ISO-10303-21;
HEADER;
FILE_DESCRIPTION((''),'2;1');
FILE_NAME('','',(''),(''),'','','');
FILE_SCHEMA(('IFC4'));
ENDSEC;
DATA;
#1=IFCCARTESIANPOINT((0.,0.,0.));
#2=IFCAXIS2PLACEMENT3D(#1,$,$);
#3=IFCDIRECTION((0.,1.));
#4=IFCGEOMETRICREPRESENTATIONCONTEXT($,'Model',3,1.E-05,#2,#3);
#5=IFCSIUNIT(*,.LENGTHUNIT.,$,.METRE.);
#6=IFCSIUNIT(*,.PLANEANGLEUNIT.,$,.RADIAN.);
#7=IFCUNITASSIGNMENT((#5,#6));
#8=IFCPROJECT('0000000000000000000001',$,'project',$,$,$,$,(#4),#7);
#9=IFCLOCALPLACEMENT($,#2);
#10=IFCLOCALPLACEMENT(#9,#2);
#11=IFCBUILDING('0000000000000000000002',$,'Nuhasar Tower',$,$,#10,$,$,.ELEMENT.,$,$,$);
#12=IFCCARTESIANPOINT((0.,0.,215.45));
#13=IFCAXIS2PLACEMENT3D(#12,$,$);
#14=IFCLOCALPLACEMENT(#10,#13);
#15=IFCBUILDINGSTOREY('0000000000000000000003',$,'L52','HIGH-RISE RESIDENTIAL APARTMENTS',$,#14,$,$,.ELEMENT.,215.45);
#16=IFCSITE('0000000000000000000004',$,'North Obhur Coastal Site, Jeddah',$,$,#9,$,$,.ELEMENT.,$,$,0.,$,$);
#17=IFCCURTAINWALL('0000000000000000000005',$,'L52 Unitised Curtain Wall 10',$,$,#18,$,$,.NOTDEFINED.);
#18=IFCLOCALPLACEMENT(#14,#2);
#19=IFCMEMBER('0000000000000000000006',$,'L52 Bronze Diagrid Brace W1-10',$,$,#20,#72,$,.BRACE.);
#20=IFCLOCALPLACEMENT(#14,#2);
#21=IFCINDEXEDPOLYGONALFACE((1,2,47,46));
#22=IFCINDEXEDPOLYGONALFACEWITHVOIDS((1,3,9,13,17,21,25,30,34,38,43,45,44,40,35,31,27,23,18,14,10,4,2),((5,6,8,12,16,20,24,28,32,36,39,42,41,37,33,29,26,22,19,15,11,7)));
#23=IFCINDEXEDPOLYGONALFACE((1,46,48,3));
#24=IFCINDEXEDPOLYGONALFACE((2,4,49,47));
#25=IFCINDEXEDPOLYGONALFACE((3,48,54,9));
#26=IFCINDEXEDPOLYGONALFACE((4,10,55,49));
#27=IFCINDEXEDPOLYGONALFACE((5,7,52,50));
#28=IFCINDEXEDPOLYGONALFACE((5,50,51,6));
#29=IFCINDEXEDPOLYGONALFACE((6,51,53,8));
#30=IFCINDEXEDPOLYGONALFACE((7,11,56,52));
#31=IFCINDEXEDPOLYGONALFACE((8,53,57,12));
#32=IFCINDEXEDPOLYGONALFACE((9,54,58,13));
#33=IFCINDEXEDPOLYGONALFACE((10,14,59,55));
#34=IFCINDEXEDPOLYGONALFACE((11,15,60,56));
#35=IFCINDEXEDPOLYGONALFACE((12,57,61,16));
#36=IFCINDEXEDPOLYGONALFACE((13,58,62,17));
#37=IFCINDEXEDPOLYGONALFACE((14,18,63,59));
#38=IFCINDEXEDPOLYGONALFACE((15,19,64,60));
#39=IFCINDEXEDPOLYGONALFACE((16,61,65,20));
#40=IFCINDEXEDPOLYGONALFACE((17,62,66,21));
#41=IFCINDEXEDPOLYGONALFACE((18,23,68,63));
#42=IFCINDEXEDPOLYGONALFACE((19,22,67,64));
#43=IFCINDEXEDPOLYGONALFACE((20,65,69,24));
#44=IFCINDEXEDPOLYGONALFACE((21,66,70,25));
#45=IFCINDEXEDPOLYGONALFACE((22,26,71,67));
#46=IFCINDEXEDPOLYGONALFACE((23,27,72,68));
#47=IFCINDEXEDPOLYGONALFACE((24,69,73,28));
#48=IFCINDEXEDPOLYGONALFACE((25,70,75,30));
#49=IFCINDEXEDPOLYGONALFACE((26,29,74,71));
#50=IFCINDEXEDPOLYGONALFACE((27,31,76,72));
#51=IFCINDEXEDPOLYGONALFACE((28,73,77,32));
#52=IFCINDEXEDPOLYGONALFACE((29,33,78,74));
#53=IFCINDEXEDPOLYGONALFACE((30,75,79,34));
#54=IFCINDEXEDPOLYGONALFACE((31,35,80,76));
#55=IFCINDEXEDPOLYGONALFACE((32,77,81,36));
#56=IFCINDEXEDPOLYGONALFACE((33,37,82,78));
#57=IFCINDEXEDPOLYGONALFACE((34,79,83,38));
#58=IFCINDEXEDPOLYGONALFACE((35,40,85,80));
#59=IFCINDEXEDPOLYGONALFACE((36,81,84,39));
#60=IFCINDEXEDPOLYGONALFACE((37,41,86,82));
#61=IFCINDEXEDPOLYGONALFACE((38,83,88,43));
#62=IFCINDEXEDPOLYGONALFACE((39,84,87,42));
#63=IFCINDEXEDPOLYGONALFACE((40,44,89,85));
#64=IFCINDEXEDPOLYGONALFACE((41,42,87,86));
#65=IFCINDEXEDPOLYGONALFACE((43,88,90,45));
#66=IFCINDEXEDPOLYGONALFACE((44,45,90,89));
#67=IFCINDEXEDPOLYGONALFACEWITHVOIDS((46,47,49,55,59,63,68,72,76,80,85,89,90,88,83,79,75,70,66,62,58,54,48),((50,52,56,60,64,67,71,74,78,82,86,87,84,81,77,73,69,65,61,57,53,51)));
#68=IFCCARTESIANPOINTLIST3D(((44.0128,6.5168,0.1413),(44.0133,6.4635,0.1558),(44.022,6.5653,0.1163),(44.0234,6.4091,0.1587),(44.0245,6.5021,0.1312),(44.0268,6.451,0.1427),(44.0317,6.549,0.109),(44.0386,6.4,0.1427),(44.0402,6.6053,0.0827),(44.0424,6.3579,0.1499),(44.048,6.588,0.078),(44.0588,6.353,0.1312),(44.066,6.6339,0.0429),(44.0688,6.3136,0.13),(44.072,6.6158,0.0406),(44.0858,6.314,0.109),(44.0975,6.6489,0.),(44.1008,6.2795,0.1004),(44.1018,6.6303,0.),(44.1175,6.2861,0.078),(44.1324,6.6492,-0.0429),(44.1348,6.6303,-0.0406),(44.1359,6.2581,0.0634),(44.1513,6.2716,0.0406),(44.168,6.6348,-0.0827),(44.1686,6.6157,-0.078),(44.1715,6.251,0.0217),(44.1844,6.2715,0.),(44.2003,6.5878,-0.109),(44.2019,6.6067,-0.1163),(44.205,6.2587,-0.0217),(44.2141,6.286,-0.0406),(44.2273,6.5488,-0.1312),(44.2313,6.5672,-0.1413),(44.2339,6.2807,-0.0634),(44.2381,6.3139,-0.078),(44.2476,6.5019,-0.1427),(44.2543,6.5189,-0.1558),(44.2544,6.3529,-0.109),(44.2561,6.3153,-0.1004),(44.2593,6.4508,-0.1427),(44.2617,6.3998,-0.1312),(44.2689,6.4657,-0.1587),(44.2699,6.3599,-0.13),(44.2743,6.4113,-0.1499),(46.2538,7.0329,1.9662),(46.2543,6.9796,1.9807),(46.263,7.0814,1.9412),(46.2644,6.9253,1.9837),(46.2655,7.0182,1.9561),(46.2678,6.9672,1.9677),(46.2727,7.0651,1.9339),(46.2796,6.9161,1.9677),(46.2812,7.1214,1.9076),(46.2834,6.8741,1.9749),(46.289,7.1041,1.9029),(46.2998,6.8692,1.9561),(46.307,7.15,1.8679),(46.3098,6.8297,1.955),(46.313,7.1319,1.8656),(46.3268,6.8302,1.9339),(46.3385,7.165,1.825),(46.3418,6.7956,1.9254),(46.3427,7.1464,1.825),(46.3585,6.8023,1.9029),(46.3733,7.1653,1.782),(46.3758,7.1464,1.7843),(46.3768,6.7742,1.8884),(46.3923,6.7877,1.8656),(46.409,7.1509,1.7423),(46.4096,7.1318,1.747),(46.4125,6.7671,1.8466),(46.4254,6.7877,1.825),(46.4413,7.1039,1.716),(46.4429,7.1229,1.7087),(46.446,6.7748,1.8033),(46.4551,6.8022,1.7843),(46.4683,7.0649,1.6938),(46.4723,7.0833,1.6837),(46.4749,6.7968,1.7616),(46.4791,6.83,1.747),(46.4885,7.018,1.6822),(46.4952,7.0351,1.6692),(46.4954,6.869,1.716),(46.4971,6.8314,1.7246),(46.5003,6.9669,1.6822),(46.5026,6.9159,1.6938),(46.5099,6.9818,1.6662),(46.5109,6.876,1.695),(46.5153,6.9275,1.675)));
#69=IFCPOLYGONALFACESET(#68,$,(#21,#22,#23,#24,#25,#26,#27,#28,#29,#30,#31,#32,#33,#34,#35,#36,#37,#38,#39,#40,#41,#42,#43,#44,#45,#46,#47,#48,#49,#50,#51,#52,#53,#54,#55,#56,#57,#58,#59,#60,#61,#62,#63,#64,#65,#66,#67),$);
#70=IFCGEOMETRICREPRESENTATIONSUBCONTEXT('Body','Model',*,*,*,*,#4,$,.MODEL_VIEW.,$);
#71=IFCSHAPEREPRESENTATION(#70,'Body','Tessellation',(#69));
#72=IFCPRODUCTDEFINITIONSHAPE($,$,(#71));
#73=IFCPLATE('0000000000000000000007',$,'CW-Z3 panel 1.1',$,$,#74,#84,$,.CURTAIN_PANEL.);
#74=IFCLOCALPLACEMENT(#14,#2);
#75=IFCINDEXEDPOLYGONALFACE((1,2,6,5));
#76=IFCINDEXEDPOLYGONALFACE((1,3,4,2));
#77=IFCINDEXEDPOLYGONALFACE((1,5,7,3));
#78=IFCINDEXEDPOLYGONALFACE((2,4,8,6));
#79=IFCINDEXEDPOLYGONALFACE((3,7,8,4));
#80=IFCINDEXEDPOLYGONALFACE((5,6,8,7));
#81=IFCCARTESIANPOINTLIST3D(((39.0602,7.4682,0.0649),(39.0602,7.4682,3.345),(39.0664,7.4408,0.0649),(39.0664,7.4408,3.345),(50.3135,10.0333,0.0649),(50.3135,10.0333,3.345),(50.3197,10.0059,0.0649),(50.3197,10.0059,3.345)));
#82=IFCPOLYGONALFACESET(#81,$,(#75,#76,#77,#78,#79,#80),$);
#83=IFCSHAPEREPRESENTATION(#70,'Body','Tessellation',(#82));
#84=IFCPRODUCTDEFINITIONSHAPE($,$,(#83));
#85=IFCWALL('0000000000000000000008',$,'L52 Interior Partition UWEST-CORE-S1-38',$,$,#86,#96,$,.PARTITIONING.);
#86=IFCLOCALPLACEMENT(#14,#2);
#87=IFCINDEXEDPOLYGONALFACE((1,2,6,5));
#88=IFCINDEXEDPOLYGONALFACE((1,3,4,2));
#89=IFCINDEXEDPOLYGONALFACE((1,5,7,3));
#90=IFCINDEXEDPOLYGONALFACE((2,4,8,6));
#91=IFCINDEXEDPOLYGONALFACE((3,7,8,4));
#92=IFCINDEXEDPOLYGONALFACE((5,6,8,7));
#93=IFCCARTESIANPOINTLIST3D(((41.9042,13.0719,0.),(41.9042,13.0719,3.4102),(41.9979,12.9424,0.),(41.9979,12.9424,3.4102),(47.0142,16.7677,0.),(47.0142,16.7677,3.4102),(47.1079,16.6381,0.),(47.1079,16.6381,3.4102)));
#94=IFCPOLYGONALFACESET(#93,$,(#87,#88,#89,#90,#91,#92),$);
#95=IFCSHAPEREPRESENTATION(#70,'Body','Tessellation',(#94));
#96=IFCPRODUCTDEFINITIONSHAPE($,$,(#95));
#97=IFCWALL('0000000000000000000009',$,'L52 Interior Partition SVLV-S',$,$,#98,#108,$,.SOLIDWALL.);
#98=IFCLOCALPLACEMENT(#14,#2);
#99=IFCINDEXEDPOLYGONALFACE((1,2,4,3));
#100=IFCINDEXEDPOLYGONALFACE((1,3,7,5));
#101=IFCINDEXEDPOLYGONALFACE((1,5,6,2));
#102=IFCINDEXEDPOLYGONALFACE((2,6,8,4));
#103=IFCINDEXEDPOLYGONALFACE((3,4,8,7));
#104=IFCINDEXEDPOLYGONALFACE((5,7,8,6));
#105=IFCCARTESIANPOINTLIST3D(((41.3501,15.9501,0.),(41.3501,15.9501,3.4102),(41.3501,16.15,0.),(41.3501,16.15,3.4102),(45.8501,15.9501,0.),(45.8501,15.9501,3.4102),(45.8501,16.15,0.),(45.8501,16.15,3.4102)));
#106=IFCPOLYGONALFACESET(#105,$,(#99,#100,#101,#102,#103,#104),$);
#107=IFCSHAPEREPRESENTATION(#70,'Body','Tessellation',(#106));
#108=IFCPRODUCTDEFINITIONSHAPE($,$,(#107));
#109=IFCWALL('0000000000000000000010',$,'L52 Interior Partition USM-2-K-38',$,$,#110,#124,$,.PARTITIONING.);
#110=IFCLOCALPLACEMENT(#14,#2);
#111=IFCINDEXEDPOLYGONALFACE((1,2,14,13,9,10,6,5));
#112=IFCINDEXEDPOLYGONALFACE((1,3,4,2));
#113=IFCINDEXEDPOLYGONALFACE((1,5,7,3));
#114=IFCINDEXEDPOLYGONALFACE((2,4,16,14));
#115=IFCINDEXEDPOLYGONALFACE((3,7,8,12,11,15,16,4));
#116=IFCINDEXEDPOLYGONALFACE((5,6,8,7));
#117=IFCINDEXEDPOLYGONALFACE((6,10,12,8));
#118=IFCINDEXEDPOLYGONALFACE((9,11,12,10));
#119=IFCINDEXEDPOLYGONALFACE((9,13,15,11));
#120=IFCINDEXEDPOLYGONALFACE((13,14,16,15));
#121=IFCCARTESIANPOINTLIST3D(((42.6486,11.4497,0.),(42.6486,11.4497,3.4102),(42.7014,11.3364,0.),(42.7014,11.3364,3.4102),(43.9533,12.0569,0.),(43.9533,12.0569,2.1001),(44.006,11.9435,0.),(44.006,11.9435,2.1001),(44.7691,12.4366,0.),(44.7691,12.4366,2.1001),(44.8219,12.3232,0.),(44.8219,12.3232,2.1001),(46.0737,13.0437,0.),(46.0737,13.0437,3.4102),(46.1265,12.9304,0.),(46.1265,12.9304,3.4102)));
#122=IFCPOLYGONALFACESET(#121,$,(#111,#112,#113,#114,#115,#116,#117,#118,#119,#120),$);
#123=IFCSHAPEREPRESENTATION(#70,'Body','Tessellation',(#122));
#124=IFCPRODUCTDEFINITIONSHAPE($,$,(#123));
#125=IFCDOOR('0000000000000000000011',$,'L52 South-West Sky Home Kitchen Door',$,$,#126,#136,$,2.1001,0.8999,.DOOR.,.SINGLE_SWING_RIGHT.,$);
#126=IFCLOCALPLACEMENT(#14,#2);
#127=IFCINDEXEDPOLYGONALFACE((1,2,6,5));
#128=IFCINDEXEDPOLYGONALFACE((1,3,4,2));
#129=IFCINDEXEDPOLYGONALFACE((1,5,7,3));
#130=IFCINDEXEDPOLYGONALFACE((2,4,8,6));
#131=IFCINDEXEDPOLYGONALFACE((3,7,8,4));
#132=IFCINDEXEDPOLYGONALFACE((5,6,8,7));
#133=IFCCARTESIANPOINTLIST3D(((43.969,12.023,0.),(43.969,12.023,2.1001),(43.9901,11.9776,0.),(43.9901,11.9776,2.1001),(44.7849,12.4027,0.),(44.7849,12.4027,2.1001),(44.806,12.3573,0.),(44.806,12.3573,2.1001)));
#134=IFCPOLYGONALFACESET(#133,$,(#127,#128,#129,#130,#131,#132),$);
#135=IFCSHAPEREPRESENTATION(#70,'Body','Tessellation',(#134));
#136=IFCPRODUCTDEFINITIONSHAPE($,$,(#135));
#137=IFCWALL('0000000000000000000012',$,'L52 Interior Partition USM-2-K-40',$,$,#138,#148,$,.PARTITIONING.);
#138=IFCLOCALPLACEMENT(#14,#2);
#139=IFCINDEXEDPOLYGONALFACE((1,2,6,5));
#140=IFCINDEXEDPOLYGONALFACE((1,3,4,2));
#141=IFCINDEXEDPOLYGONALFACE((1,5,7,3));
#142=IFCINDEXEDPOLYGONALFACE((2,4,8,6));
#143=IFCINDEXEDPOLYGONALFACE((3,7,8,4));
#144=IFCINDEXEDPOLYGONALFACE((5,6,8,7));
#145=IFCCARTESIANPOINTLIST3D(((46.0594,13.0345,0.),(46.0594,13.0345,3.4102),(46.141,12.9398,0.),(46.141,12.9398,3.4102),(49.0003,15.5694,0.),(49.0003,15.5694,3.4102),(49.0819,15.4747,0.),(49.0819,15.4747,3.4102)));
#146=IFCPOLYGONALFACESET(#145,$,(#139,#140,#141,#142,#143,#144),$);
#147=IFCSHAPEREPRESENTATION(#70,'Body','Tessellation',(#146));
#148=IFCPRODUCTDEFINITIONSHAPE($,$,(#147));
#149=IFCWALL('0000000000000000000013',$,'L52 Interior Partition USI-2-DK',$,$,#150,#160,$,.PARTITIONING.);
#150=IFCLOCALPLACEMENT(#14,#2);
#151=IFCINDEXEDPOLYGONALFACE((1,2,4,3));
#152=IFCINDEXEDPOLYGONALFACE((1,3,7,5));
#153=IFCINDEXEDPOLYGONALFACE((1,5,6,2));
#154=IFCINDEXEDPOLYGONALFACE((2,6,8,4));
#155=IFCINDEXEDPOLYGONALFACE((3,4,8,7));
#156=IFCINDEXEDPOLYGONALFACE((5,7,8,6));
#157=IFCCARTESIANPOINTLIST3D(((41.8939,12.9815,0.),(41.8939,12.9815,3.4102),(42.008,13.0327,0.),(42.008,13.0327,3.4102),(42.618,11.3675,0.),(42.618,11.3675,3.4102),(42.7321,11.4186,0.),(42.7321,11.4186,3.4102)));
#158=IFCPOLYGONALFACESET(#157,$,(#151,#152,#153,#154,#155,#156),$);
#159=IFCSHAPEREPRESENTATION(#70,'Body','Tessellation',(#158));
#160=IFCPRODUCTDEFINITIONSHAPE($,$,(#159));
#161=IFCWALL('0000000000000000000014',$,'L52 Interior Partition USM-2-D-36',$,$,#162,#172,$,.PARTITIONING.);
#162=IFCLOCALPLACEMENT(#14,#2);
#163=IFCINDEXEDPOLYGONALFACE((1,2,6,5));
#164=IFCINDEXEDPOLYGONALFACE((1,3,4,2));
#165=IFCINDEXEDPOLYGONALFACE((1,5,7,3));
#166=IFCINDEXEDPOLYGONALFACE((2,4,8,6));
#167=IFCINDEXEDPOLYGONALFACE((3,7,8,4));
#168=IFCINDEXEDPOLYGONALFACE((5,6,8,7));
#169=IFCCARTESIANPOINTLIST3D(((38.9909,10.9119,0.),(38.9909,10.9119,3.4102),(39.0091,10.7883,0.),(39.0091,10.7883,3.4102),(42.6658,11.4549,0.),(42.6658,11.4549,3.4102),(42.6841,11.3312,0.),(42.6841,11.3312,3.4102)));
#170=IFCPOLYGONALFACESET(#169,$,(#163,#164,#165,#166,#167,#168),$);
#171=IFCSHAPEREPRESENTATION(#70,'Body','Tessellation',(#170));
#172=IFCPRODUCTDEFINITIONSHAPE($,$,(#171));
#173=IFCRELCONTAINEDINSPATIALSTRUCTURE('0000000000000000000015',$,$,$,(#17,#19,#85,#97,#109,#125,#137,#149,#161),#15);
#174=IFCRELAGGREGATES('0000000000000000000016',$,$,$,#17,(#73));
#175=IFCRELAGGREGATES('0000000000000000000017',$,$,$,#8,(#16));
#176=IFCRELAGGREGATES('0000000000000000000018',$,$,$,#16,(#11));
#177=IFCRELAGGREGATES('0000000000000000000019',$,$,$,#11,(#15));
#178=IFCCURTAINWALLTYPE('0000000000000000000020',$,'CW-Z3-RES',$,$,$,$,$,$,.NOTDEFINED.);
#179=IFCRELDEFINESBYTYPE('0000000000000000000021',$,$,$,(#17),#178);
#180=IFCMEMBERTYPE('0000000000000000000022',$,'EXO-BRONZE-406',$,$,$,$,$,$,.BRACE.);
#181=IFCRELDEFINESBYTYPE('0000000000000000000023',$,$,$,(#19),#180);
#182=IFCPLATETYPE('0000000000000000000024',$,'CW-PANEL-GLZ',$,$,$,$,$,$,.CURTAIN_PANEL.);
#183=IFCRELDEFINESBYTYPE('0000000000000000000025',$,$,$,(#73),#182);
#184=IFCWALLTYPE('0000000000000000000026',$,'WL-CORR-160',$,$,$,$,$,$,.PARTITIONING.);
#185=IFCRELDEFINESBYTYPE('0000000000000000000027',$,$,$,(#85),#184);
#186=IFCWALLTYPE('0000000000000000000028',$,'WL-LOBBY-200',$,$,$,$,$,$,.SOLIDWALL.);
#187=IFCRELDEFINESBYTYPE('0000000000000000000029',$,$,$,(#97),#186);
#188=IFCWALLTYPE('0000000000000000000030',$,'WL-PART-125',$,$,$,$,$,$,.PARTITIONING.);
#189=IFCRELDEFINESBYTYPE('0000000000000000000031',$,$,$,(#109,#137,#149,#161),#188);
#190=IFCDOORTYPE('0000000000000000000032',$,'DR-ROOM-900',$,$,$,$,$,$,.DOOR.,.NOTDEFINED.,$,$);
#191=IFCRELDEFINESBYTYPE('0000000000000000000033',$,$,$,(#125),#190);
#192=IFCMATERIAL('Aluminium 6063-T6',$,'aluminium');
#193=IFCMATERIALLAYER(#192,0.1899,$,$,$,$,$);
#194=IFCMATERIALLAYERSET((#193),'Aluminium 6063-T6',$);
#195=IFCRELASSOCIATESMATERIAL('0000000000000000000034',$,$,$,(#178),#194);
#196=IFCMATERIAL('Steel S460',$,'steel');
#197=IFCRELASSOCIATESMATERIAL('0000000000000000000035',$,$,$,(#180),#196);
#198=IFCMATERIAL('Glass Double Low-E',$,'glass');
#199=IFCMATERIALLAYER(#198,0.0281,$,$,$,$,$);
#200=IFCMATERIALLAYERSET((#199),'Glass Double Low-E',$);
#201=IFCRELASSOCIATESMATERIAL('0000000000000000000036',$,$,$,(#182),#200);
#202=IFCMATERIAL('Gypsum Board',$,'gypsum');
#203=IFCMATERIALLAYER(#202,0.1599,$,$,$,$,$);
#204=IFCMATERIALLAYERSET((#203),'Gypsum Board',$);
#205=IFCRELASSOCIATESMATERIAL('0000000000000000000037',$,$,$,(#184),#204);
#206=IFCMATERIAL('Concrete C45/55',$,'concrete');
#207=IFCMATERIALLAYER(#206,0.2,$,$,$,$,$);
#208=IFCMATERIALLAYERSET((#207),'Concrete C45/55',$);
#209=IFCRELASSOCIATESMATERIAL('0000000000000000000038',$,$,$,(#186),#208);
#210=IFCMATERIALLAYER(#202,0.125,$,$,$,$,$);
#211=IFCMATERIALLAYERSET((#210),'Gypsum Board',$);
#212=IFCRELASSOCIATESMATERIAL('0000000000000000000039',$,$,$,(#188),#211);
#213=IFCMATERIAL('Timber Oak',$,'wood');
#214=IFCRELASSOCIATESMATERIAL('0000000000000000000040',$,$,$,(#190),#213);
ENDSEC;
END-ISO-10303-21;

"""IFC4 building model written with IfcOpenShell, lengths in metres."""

from ifc_helpers import new_model, si_unit, direction, frame, frame_2d, origin, origin_2d, place, context, subcontext, project, spatial, rectangle, hollow_circle, extrude, material, layer, layer_set, material_profile, profile_set, type_object, element, fill, aggregate, save


model = new_model("IFC4")

# Units and contexts
model_context = context("Model", 3, precision=1e-05, world=origin(), true_north=direction((0.0, 1.0)))
body_context = subcontext(model_context, "Body", "Model", "MODEL_VIEW")
ifc_project = project(units=[si_unit("LENGTHUNIT", "METRE"), si_unit("PLANEANGLEUNIT", "RADIAN")], contexts=[model_context])

# Site, building, storey
site_placement = place(None, origin())
site = spatial("IfcSite", under=ifc_project, at=site_placement, Name="North Obhur Coastal Site, Jeddah", CompositionType="ELEMENT", RefElevation=0.0)
building_placement = place(site_placement, origin())
building = spatial("IfcBuilding", under=site, at=building_placement, Name="Nuhasar Tower", CompositionType="ELEMENT")
storey_placement = place(building_placement, frame((0.0, 0.0, 215.45)))
storey = spatial("IfcBuildingStorey", under=building, at=storey_placement, Name="L52", Description="HIGH-RISE RESIDENTIAL APARTMENTS", CompositionType="ELEMENT", Elevation=215.45)

# Shared definitions
ifc_material_1 = material(Name="Aluminium 6063-T6", Category="aluminium")
ifc_layer_1 = layer(ifc_material_1, 0.1899)
ifc_layer_set_1 = layer_set([ifc_layer_1], Name="Aluminium 6063-T6")
curtain_wall_type = type_object("IfcCurtainWallType", Name="CW-Z3-RES", PredefinedType="NOTDEFINED", material=ifc_layer_set_1)

# Curtain wall
curtain_wall_1_placement = place(storey_placement, origin())
curtain_wall_1 = element("IfcCurtainWall", 1, at=curtain_wall_1_placement, inside=storey, type_object=curtain_wall_type, Name="L52 Unitised Curtain Wall 10", PredefinedType="NOTDEFINED")

# Member
ifc_material_2 = material(Name="Steel S460", Category="steel")
ifc_material_profile_1 = material_profile(ifc_material_2, hollow_circle(Radius=0.2031, WallThickness=0.019, at=origin_2d()), Name="HSS406.4X19.1")
ifc_profile_set_1 = profile_set([ifc_material_profile_1], Name="Steel S460")
member_type_1 = type_object("IfcMemberType", Name="EXO-BRONZE-406", PredefinedType="BRACE", material=ifc_profile_set_1)
member_1_placement = place(storey_placement, frame((44.1431, 6.4509, 0.0), z_axis=(0.763332, 0.175802, 0.621626), x_axis=(-0.224433, 0.97449, 0.0)))
element("IfcMember", 2, at=member_1_placement, inside=storey, type_object=member_type_1, Name="L52 Bronze Diagrid Brace W1-10", PredefinedType="BRACE", context=body_context, shape_type="SweptSolid", body=[
    extrude(hollow_circle(Radius=0.2031, WallThickness=0.019, at=origin_2d()), origin(), (0.0, 0.0, 1.0), 2.9358),
])

# Plate
ifc_material_3 = material(Name="Glass Double Low-E", Category="glass")
ifc_layer_2 = layer(ifc_material_3, 0.0281)
ifc_layer_set_2 = layer_set([ifc_layer_2], Name="Glass Double Low-E")
plate_type = type_object("IfcPlateType", Name="CW-PANEL-GLZ", PredefinedType="CURTAIN_PANEL", material=ifc_layer_set_2)
plate_placement = place(storey_placement, frame((44.6899, 8.7371, 0.0649), z_axis=(0.0, 0.0, 1.0), x_axis=(0.974991, 0.222243, 0.0)))
plate = element("IfcPlate", 3, at=plate_placement, type_object=plate_type, Name="CW-Z3 panel 1.1", PredefinedType="CURTAIN_PANEL", context=body_context, shape_type="SweptSolid", body=[
    extrude(rectangle(XDim=11.542, YDim=0.0281, at=origin_2d()), origin(), (0.0, 0.0, 1.0), 3.28),
])
aggregate(curtain_wall_1, [plate])

# Wall
ifc_material_4 = material(Name="Gypsum Board", Category="gypsum")
ifc_layer_3 = layer(ifc_material_4, 0.1599)
ifc_layer_set_3 = layer_set([ifc_layer_3], Name="Gypsum Board")
wall_type_1 = type_object("IfcWallType", Name="WL-CORR-160", PredefinedType="PARTITIONING", material=ifc_layer_set_3)
wall_1_placement = place(storey_placement, frame((41.9509, 13.0071, 0.0), z_axis=(0.0, 0.0, 1.0), x_axis=(0.81029, 0.586029, 0.0)))
element("IfcWall", 4, at=wall_1_placement, inside=storey, type_object=wall_type_1, Name="L52 Interior Partition UWEST-CORE-S1-38", PredefinedType="PARTITIONING", context=body_context, shape_type="SweptSolid", body=[
    extrude(rectangle(XDim=6.3064, YDim=0.1599, at=frame_2d((3.1533, 0.0))), origin(), (0.0, 0.0, 1.0), 3.4102),
])

# Shared definitions
ifc_material_5 = material(Name="Concrete C45/55", Category="concrete")
ifc_layer_4 = layer(ifc_material_5, 0.2)
ifc_layer_set_4 = layer_set([ifc_layer_4], Name="Concrete C45/55")
wall_type_2 = type_object("IfcWallType", Name="WL-LOBBY-200", PredefinedType="SOLIDWALL", material=ifc_layer_set_4)

# Wall
wall_2_placement = place(storey_placement, frame((41.3501, 16.05, 0.0), z_axis=(0.0, 0.0, 1.0), x_axis=(1.0, 0.0, 0.0)))
element("IfcWall", 5, at=wall_2_placement, inside=storey, type_object=wall_type_2, Name="L52 Interior Partition SVLV-S", PredefinedType="SOLIDWALL", context=body_context, shape_type="SweptSolid", body=[
    extrude(rectangle(XDim=4.5, YDim=0.2, at=frame_2d((2.25, 0.0))), origin(), (0.0, 0.0, 1.0), 3.4102),
])

# Wall, opening, door
ifc_layer_5 = layer(ifc_material_4, 0.125)
ifc_layer_set_5 = layer_set([ifc_layer_5], Name="Gypsum Board")
wall_type_3 = type_object("IfcWallType", Name="WL-PART-125", PredefinedType="PARTITIONING", material=ifc_layer_set_5)
wall_3_placement = place(storey_placement, frame((46.1001, 12.9871, 0.0), z_axis=(0.0, 0.0, 1.0), x_axis=(-0.906625, -0.421937, 0.0)))
wall_3 = element("IfcWall", 6, at=wall_3_placement, inside=storey, type_object=wall_type_3, Name="L52 Interior Partition USM-2-K-38", PredefinedType="PARTITIONING", context=body_context, shape_type="SweptSolid", body=[
    extrude(rectangle(XDim=3.7778, YDim=0.125, at=frame_2d((1.8889, 0.0))), origin(), (0.0, 0.0, 1.0), 3.4102),
])
opening_1_placement = place(wall_3_placement, frame((1.439, 0.0, 0.0)))
opening_1 = element("IfcOpeningElement", 7, at=opening_1_placement, cuts=wall_3, PredefinedType="OPENING", context=body_context, shape_type="SweptSolid", body=[
    extrude(rectangle(XDim=0.8999, YDim=2.1001, at=frame_2d((0.45, 1.05))), frame((0.0, 0.0725, 0.0), z_axis=(0.0, -1.0, 0.0), x_axis=(1.0, 0.0, 0.0)), (0.0, 0.0, 1.0), 0.145),
])
ifc_material_6 = material(Name="Timber Oak", Category="wood")
door_type_1 = type_object("IfcDoorType", Name="DR-ROOM-900", OperationType="NOTDEFINED", PredefinedType="DOOR", material=ifc_material_6)
door_1_placement = place(opening_1_placement, origin())
door_1 = element("IfcDoor", 8, at=door_1_placement, inside=storey, type_object=door_type_1, Name="L52 South-West Sky Home Kitchen Door", OperationType="SINGLE_SWING_RIGHT", OverallHeight=2.1001, OverallWidth=0.8999, PredefinedType="DOOR", context=body_context, shape_type="SweptSolid", body=[
    extrude(rectangle(XDim=0.8999, YDim=2.1001, at=frame_2d((0.45, 1.05))), frame((0.0, 0.0249, 0.0), z_axis=(0.0, -1.0, 0.0), x_axis=(1.0, 0.0, 0.0)), (0.0, 0.0, 1.0), 0.05),
])
fill(opening_1, door_1)

# Walls
wall_4_placement = place(storey_placement, frame((46.1001, 12.9871, 0.0), z_axis=(0.0, 0.0, 1.0), x_axis=(0.757456, 0.652886, 0.0)))
element("IfcWall", 9, at=wall_4_placement, inside=storey, type_object=wall_type_3, Name="L52 Interior Partition USM-2-K-40", PredefinedType="PARTITIONING", context=body_context, shape_type="SweptSolid", body=[
    extrude(rectangle(XDim=3.8826, YDim=0.125, at=frame_2d((1.9414, 0.0))), origin(), (0.0, 0.0, 1.0), 3.4102),
])
wall_5_placement = place(storey_placement, frame((41.9509, 13.0071, 0.0), z_axis=(0.0, 0.0, 1.0), x_axis=(0.409337, -0.912383, 0.0)))
element("IfcWall", 10, at=wall_5_placement, inside=storey, type_object=wall_type_3, Name="L52 Interior Partition USI-2-DK", PredefinedType="PARTITIONING", context=body_context, shape_type="SweptSolid", body=[
    extrude(rectangle(XDim=1.769, YDim=0.125, at=frame_2d((0.8845, 0.0))), origin(), (0.0, 0.0, 1.0), 3.4102),
])
wall_6_placement = place(storey_placement, frame((39.0, 10.8501, 0.0), z_axis=(0.0, 0.0, 1.0), x_axis=(0.989261, 0.146158, 0.0)))
element("IfcWall", 11, at=wall_6_placement, inside=storey, type_object=wall_type_3, Name="L52 Interior Partition USM-2-D-36", PredefinedType="PARTITIONING", context=body_context, shape_type="SweptSolid", body=[
    extrude(rectangle(XDim=3.7148, YDim=0.125, at=frame_2d((1.8574, 0.0))), origin(), (0.0, 0.0, 1.0), 3.4102),
])

save(model, "model.ifc")
